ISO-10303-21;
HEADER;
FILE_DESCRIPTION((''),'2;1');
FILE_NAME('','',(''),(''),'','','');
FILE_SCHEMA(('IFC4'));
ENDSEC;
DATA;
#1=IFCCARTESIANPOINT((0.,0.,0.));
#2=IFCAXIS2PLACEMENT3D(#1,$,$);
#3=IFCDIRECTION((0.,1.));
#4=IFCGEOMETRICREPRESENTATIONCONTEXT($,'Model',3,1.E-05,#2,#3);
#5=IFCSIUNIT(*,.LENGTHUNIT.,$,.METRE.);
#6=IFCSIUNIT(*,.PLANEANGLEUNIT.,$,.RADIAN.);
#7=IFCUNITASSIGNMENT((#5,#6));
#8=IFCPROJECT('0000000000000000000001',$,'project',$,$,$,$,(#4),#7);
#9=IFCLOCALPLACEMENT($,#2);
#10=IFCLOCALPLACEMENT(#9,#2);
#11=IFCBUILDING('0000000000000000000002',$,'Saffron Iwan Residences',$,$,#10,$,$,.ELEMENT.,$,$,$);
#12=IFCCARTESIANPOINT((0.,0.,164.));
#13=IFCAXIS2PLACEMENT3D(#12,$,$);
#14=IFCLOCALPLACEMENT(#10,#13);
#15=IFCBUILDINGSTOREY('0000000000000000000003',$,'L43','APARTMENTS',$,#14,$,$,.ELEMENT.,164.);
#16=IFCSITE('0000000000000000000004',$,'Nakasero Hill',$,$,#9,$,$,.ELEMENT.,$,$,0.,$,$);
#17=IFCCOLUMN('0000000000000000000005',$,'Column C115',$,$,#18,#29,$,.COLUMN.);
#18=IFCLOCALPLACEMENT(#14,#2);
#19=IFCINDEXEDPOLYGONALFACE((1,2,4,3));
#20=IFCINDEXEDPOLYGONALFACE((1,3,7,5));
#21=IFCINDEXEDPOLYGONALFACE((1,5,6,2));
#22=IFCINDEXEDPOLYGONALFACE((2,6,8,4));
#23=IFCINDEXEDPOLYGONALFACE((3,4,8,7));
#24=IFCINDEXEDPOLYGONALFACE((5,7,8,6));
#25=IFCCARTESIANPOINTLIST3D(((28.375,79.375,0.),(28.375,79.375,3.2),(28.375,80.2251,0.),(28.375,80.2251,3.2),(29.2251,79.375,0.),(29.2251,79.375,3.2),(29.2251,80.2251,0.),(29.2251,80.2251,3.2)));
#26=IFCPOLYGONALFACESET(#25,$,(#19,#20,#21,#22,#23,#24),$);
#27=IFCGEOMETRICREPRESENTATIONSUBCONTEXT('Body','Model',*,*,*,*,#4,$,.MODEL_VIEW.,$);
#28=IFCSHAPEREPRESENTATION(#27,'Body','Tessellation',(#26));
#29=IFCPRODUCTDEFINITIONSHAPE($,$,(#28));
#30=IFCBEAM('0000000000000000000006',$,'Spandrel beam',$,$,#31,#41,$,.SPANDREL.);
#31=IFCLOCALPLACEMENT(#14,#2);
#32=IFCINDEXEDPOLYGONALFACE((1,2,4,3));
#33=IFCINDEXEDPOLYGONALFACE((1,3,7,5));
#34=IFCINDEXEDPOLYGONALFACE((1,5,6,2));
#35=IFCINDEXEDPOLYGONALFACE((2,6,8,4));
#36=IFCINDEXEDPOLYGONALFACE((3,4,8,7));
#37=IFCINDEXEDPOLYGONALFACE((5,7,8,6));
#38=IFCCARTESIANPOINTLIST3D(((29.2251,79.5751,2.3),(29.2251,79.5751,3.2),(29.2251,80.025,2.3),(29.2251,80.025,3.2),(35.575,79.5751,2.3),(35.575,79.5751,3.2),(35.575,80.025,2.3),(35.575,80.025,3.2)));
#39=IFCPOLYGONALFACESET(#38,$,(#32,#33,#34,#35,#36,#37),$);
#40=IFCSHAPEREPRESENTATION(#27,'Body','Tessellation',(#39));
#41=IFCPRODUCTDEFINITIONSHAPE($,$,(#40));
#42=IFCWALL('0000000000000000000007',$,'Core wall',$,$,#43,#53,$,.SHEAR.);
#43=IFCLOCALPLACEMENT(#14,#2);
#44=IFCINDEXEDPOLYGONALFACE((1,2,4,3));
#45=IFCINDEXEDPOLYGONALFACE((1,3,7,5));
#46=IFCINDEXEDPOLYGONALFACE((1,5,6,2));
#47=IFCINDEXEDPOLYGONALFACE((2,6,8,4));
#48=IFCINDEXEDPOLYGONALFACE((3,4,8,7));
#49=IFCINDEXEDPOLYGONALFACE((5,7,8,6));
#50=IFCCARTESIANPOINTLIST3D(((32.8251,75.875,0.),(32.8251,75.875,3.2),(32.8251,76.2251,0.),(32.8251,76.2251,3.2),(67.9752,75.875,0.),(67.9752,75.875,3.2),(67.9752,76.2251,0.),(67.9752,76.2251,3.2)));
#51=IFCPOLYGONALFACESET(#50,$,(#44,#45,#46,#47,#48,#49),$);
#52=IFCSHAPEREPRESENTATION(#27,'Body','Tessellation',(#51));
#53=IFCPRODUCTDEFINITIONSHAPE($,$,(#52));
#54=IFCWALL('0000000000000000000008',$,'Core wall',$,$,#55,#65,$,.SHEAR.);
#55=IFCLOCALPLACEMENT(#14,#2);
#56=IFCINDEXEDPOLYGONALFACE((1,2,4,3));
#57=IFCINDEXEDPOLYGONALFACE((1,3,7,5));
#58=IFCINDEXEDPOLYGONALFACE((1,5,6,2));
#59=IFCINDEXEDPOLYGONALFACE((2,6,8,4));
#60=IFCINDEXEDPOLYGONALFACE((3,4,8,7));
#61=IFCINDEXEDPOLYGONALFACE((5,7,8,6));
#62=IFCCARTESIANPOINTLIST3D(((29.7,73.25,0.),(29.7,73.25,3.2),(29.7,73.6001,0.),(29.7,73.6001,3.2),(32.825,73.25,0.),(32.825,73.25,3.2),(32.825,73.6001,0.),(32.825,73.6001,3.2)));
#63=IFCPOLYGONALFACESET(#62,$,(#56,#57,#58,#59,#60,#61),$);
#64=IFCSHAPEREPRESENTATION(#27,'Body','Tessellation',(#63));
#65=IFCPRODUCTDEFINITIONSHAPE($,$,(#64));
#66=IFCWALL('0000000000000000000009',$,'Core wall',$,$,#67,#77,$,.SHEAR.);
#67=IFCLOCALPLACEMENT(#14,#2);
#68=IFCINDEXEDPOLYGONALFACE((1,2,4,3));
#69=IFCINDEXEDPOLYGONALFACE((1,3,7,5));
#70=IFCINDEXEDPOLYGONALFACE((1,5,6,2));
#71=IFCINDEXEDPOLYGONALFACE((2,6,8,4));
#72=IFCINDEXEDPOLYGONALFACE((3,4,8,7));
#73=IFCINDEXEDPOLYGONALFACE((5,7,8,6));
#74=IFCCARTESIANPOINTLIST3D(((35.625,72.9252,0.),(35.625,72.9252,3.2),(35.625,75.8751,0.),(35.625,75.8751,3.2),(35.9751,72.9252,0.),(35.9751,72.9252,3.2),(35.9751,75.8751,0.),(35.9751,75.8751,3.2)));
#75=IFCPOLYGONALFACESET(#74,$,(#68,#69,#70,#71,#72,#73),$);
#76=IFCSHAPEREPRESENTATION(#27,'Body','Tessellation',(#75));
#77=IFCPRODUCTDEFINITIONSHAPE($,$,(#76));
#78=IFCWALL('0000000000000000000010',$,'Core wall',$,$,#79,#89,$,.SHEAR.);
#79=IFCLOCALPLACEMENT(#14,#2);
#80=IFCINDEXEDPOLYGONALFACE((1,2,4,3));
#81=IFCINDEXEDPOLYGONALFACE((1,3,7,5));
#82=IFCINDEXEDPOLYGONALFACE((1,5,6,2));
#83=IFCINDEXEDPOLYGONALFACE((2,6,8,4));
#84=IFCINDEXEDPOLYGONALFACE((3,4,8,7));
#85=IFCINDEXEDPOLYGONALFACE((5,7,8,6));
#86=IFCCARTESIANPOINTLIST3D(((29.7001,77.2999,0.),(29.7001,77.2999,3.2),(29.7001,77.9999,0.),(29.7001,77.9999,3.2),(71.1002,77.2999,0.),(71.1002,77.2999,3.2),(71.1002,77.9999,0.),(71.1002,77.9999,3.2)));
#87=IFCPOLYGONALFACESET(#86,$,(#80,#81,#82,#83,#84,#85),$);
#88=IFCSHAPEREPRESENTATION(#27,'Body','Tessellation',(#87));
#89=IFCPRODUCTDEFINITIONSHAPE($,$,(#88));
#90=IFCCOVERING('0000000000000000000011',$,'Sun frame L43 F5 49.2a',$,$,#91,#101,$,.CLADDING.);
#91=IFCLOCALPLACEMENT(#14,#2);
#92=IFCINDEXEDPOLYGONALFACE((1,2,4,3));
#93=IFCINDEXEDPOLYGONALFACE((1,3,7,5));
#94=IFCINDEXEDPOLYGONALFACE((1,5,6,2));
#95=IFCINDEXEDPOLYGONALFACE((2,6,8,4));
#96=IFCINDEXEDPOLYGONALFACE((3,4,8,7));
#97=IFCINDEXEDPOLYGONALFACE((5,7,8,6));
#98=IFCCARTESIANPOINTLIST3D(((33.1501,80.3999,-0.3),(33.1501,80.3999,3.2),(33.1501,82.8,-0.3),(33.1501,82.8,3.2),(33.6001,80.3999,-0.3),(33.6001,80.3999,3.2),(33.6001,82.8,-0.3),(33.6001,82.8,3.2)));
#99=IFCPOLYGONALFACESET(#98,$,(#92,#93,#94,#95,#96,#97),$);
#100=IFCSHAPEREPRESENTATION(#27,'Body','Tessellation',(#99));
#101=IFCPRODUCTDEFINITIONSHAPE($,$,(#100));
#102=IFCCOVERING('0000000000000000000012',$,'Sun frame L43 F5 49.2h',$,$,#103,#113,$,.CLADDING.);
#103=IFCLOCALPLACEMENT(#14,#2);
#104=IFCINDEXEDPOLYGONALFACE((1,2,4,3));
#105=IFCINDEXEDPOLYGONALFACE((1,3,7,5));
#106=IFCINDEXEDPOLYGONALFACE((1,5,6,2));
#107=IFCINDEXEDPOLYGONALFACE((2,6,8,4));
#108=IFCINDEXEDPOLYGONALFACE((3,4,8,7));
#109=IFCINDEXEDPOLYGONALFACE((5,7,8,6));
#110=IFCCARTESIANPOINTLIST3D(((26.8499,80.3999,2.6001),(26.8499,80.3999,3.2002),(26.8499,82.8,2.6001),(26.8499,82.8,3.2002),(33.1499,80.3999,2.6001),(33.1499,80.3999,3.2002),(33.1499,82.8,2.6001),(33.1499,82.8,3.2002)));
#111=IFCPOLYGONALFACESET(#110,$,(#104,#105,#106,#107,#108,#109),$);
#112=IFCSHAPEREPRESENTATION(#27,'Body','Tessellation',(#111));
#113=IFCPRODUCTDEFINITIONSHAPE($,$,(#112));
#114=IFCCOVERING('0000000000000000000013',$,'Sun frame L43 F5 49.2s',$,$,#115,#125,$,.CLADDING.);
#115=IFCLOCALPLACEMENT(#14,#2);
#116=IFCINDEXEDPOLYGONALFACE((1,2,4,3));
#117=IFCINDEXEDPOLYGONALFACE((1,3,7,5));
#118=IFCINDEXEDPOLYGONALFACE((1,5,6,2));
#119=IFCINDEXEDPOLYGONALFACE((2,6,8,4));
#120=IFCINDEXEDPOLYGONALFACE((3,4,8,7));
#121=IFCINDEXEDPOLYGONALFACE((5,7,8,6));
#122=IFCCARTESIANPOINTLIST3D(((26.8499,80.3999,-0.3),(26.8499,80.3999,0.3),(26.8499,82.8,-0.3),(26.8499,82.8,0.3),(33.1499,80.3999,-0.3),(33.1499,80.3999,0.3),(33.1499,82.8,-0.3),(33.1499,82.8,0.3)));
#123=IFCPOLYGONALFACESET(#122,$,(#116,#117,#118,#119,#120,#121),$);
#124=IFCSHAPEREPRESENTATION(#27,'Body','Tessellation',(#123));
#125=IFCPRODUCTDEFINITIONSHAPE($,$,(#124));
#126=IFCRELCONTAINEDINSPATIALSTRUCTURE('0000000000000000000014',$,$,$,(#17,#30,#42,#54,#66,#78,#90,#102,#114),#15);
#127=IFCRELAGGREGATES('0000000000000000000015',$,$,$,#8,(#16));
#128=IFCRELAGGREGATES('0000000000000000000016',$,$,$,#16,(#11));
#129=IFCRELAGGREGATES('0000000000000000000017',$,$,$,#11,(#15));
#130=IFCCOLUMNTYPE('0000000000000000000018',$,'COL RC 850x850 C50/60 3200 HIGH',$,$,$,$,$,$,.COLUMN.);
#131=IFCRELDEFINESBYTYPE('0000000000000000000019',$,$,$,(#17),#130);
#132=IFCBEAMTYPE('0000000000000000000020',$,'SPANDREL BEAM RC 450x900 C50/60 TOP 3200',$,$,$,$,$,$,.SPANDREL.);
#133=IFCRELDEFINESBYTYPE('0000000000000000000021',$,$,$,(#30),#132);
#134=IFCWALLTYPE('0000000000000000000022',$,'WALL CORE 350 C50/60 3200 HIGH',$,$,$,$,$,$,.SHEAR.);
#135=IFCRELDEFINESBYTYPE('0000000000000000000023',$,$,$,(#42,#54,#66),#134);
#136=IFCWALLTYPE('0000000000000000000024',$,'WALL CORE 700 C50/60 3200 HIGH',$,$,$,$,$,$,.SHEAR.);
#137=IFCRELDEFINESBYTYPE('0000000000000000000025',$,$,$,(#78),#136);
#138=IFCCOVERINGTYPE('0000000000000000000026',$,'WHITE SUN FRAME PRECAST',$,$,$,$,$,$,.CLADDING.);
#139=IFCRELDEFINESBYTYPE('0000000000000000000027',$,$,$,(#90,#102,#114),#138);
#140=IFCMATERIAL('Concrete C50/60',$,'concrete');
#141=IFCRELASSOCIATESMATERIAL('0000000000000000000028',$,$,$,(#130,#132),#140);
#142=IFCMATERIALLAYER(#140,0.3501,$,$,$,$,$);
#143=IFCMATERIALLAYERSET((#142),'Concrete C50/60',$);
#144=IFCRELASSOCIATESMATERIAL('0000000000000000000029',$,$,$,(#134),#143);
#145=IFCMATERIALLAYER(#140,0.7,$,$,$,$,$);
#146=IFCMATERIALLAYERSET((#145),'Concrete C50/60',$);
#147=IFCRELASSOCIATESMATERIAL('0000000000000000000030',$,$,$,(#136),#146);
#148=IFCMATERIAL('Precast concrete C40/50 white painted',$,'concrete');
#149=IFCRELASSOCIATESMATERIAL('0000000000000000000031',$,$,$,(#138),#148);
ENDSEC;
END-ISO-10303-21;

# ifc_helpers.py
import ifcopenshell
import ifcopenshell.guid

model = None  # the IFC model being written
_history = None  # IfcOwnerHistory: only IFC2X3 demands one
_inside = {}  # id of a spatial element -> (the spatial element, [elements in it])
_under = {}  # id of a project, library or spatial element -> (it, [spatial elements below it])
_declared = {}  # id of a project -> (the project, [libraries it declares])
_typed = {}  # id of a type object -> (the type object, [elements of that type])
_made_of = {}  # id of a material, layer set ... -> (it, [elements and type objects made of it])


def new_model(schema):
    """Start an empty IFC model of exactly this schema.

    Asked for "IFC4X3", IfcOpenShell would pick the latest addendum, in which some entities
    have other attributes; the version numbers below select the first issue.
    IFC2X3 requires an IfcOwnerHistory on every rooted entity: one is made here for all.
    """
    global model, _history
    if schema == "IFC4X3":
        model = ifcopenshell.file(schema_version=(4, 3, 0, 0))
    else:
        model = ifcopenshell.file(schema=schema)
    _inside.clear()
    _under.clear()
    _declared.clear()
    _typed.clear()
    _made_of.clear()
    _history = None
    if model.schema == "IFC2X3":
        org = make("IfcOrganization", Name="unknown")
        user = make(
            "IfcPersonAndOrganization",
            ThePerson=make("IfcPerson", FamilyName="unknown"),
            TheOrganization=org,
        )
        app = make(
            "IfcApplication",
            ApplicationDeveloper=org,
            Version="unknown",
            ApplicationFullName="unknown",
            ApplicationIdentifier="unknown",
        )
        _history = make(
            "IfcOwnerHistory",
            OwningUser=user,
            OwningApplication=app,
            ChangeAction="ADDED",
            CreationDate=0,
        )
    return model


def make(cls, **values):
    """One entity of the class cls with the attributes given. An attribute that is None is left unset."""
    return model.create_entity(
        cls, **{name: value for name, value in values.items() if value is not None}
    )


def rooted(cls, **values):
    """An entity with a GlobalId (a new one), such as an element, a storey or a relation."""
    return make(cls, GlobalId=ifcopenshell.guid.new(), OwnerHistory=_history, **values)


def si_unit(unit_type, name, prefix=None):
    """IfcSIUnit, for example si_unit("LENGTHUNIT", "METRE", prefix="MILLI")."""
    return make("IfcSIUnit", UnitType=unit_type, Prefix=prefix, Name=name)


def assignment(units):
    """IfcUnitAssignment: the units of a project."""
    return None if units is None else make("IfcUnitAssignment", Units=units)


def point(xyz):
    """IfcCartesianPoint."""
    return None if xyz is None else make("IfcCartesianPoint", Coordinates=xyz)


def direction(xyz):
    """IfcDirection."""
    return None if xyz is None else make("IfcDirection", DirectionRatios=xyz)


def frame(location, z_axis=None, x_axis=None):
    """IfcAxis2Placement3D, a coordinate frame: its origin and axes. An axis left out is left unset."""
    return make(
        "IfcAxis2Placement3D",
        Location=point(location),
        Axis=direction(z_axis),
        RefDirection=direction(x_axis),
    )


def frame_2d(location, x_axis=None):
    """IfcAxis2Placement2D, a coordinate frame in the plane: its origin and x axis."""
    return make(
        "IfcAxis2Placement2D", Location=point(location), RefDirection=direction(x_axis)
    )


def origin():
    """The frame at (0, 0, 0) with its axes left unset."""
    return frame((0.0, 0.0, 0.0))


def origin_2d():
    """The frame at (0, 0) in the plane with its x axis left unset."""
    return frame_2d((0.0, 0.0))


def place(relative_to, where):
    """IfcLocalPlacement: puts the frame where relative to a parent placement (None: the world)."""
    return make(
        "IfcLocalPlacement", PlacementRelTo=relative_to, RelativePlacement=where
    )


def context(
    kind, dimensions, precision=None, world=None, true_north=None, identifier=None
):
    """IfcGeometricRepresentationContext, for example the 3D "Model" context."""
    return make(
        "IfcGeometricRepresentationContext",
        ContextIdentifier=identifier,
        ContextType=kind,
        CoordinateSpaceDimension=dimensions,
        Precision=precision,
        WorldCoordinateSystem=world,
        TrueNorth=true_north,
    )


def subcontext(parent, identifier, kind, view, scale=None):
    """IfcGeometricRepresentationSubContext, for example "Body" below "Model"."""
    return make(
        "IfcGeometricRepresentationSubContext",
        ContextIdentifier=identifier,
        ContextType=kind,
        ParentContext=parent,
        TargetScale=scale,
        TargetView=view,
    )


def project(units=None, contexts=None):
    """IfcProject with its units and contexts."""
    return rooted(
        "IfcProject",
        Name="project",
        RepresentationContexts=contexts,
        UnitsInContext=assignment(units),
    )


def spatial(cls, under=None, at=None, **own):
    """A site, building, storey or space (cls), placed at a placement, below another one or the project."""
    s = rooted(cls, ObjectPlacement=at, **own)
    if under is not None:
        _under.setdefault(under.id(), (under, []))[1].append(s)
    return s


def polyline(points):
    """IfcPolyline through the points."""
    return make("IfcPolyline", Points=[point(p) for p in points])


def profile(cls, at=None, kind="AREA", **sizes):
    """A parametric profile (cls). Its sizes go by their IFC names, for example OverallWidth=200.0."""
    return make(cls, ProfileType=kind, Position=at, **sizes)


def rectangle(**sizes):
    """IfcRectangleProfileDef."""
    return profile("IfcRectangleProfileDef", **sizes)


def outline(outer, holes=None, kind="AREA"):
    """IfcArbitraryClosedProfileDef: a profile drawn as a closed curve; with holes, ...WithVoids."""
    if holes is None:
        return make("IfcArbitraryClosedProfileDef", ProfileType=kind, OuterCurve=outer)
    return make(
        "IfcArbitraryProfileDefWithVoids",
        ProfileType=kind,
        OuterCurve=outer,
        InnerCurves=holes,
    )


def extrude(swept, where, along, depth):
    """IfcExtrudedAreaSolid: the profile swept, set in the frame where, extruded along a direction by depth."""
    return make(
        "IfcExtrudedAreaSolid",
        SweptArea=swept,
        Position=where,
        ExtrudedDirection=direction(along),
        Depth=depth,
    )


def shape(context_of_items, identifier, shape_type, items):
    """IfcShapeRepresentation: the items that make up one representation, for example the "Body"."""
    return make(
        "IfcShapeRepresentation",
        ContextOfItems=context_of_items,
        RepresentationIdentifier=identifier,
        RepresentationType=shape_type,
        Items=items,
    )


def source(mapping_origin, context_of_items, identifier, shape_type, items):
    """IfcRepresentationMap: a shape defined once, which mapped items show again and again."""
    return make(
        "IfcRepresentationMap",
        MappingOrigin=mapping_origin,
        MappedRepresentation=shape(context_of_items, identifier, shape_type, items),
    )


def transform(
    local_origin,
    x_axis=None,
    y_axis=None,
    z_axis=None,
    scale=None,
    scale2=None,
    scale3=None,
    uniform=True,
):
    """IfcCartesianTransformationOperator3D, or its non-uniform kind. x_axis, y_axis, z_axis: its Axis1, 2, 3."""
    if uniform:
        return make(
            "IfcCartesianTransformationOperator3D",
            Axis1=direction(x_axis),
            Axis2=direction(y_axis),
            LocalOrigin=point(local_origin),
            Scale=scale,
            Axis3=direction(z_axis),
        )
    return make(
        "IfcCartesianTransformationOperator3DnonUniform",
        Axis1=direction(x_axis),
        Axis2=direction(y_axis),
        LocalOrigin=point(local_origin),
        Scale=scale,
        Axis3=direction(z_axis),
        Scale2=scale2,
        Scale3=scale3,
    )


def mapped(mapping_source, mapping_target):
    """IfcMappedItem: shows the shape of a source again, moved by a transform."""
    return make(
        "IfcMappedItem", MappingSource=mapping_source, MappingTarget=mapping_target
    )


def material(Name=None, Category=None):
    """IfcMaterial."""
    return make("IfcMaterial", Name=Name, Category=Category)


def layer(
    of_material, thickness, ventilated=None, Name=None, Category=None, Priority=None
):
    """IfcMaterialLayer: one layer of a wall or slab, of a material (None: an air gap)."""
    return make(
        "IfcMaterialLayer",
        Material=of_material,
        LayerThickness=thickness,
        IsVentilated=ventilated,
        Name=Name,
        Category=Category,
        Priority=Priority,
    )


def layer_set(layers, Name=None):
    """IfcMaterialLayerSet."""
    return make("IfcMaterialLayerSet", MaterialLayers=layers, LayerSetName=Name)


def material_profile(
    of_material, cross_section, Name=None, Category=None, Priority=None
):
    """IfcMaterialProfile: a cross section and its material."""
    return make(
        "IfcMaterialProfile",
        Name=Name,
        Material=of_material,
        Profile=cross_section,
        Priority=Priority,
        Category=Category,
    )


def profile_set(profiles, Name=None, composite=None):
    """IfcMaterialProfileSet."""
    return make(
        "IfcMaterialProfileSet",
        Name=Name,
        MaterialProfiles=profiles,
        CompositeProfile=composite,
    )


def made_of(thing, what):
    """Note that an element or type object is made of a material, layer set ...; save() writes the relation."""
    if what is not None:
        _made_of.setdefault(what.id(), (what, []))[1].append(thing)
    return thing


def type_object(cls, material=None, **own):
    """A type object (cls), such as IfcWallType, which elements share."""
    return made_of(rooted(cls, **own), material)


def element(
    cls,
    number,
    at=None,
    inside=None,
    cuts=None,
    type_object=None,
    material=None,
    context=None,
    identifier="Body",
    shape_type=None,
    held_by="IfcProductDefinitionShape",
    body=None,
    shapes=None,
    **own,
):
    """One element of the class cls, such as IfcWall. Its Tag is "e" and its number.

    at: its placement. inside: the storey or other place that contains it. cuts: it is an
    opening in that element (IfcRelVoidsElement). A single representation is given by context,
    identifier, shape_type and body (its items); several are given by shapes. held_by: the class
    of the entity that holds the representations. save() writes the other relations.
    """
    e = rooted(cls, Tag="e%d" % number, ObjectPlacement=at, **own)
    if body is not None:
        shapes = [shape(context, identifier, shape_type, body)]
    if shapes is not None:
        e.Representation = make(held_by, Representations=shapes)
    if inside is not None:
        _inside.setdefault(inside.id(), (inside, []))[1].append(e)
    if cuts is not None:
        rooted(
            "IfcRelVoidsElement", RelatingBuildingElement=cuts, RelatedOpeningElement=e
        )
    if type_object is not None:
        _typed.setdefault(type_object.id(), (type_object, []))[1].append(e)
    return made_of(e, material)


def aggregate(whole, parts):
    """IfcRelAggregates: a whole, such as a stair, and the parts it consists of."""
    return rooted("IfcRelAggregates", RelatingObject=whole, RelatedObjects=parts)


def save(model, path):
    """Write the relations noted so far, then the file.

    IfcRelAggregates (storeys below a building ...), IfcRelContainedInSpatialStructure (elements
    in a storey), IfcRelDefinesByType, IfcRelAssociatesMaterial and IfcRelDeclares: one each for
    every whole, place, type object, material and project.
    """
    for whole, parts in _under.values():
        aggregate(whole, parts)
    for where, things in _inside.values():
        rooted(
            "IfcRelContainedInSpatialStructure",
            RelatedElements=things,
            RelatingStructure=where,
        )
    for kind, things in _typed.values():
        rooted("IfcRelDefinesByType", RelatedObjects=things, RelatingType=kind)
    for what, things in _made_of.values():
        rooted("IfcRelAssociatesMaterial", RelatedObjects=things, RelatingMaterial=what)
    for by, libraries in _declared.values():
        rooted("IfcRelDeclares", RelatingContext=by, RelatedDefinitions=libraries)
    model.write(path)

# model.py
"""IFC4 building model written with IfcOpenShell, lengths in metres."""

from ifc_helpers import new_model, si_unit, direction, frame, frame_2d, origin, origin_2d, place, context, subcontext, project, spatial, polyline, rectangle, outline, extrude, source, transform, mapped, material, layer, layer_set, material_profile, profile_set, type_object, element, save


model = new_model("IFC4")

# Units and contexts
model_context = context("Model", 3, precision=1e-05, world=origin(), true_north=direction((0.0, 1.0)))
body_context = subcontext(model_context, "Body", "Model", "MODEL_VIEW")
ifc_project = project(units=[si_unit("LENGTHUNIT", "METRE"), si_unit("PLANEANGLEUNIT", "RADIAN")], contexts=[model_context])

# Site, building, storey
site_placement = place(None, origin())
site = spatial("IfcSite", under=ifc_project, at=site_placement, Name="Nakasero Hill", CompositionType="ELEMENT", RefElevation=0.0)
building_placement = place(site_placement, origin())
building = spatial("IfcBuilding", under=site, at=building_placement, Name="Saffron Iwan Residences", CompositionType="ELEMENT")
storey_placement = place(building_placement, frame((0.0, 0.0, 164.0)))
storey = spatial("IfcBuildingStorey", under=building, at=storey_placement, Name="L43", Description="APARTMENTS", CompositionType="ELEMENT", Elevation=164.0)

# Column
ifc_material_1 = material(Name="Concrete C50/60", Category="concrete")
ifc_material_profile_1 = material_profile(ifc_material_1, rectangle(XDim=0.8501, YDim=0.8501, at=origin_2d()), Name="RC 850x850")
ifc_profile_set_1 = profile_set([ifc_material_profile_1], Name="Concrete C50/60")
column_type = type_object("IfcColumnType", Name="COL RC 850x850 C50/60 3200 HIGH", PredefinedType="COLUMN", material=ifc_profile_set_1)
shared_shape_1 = source(origin(), body_context, "Body", "SweptSolid", [
    extrude(rectangle(XDim=0.8501, YDim=0.8501, at=origin_2d()), origin(), (0.0, 0.0, 1.0), 3.2),
])
column_placement = place(storey_placement, frame((28.8, 79.8, 0.0), z_axis=(0.0, 0.0, 1.0), x_axis=(1.0, 0.0, 0.0)))
element("IfcColumn", 1, at=column_placement, inside=storey, type_object=column_type, Name="Column C115", PredefinedType="COLUMN", context=body_context, shape_type="MappedRepresentation", body=[
    mapped(shared_shape_1, transform((0.0, 0.0, 0.0))),
])

# Beam
ifc_material_profile_2 = material_profile(ifc_material_1, rectangle(XDim=0.45, YDim=0.8999, at=origin_2d()), Name="RC 450x900")
ifc_profile_set_2 = profile_set([ifc_material_profile_2], Name="Concrete C50/60")
beam_type = type_object("IfcBeamType", Name="SPANDREL BEAM RC 450x900 C50/60 TOP 3200", PredefinedType="SPANDREL", material=ifc_profile_set_2)
shared_shape_2 = source(origin(), body_context, "Body", "SweptSolid", [
    extrude(rectangle(XDim=0.45, YDim=0.8999, at=origin_2d()), origin(), (0.0, 0.0, 1.0), 6.3499),
])
beam_placement = place(storey_placement, frame((29.2251, 79.8, 2.75), z_axis=(1.0, 0.0, 0.0), x_axis=(0.0, 1.0, 0.0)))
element("IfcBeam", 2, at=beam_placement, inside=storey, type_object=beam_type, Name="Spandrel beam", PredefinedType="SPANDREL", context=body_context, shape_type="MappedRepresentation", body=[
    mapped(shared_shape_2, transform((0.0, 0.0, 0.0))),
])

# Shared definitions
ifc_layer_1 = layer(ifc_material_1, 0.3501)
ifc_layer_set_1 = layer_set([ifc_layer_1], Name="Concrete C50/60")
wall_type_1 = type_object("IfcWallType", Name="WALL CORE 350 C50/60 3200 HIGH", PredefinedType="SHEAR", material=ifc_layer_set_1)

# Walls
wall_1_placement = place(storey_placement, frame((32.825, 76.05, 0.0), z_axis=(0.0, 0.0, 1.0), x_axis=(1.0, 0.0, 0.0)))
element("IfcWall", 3, at=wall_1_placement, inside=storey, type_object=wall_type_1, Name="Core wall", PredefinedType="SHEAR", context=body_context, shape_type="SweptSolid", body=[
    extrude(rectangle(XDim=35.1501, YDim=0.3501, at=frame_2d((17.5752, 0.0))), origin(), (0.0, 0.0, 1.0), 3.2),
])
wall_2_placement = place(storey_placement, frame((29.7, 73.425, 0.0), z_axis=(0.0, 0.0, 1.0), x_axis=(1.0, 0.0, 0.0)))
element("IfcWall", 4, at=wall_2_placement, inside=storey, type_object=wall_type_1, Name="Core wall", PredefinedType="SHEAR", context=body_context, shape_type="SweptSolid", body=[
    extrude(rectangle(XDim=3.125, YDim=0.3501, at=frame_2d((1.5625, 0.0))), origin(), (0.0, 0.0, 1.0), 3.2),
])
wall_3_placement = place(storey_placement, frame((35.8, 72.925, 0.0), z_axis=(0.0, 0.0, 1.0), x_axis=(0.0, 1.0, 0.0)))
element("IfcWall", 5, at=wall_3_placement, inside=storey, type_object=wall_type_1, Name="Core wall", PredefinedType="SHEAR", context=body_context, shape_type="SweptSolid", body=[
    extrude(rectangle(XDim=2.95, YDim=0.3501, at=frame_2d((1.4751, 0.0))), origin(), (0.0, 0.0, 1.0), 3.2),
])
ifc_layer_2 = layer(ifc_material_1, 0.7)
ifc_layer_set_2 = layer_set([ifc_layer_2], Name="Concrete C50/60")
wall_type_2 = type_object("IfcWallType", Name="WALL CORE 700 C50/60 3200 HIGH", PredefinedType="SHEAR", material=ifc_layer_set_2)
wall_4_placement = place(storey_placement, frame((29.7, 77.6499, 0.0), z_axis=(0.0, 0.0, 1.0), x_axis=(1.0, 0.0, 0.0)))
element("IfcWall", 6, at=wall_4_placement, inside=storey, type_object=wall_type_2, Name="Core wall", PredefinedType="SHEAR", context=body_context, shape_type="SweptSolid", body=[
    extrude(rectangle(XDim=41.4001, YDim=0.7, at=frame_2d((20.7002, 0.0))), origin(), (0.0, 0.0, 1.0), 3.2),
])

# Coverings
ifc_material_2 = material(Name="Precast concrete C40/50 white painted", Category="concrete")
covering_type = type_object("IfcCoveringType", Name="WHITE SUN FRAME PRECAST", PredefinedType="CLADDING", material=ifc_material_2)
covering_placement = place(storey_placement, frame((33.6001, 80.3999, -0.3), z_axis=(0.0, 1.0, 0.0), x_axis=(-1.0, 0.0, 0.0)))
element("IfcCovering", 7, at=covering_placement, inside=storey, type_object=covering_type, Name="Sun frame L43 F5 49.2a", PredefinedType="CLADDING", context=body_context, shape_type="SweptSolid", body=[
    extrude(outline(polyline([(0.0, 0.0), (0.45, 0.0), (0.45, 3.5), (0.0, 3.5), (0.0, 0.0)])), origin(), (0.0, 0.0, 1.0), 2.4001),
])
for number, where, z_axis, x_axis, name in (
    (8, (33.1499, 80.3999, 2.6001), (0.0, 1.0, 0.0), (-1.0, 0.0, 0.0), "Sun frame L43 F5 49.2h"),
    (9, (33.1499, 80.3999, -0.3), (0.0, 1.0, 0.0), (-1.0, 0.0, 0.0), "Sun frame L43 F5 49.2s"),
):
    element("IfcCovering", number, at=place(storey_placement, frame(where, z_axis=z_axis, x_axis=x_axis)), inside=storey, type_object=covering_type, Name=name, PredefinedType="CLADDING", context=body_context, shape_type="SweptSolid", body=[
        extrude(outline(polyline([(0.0, 0.0), (6.3, 0.0), (6.3, 0.6001), (0.0, 0.6001), (0.0, 0.0)])), origin(), (0.0, 0.0, 1.0), 2.4001),
    ])

save(model, "model.ifc")
